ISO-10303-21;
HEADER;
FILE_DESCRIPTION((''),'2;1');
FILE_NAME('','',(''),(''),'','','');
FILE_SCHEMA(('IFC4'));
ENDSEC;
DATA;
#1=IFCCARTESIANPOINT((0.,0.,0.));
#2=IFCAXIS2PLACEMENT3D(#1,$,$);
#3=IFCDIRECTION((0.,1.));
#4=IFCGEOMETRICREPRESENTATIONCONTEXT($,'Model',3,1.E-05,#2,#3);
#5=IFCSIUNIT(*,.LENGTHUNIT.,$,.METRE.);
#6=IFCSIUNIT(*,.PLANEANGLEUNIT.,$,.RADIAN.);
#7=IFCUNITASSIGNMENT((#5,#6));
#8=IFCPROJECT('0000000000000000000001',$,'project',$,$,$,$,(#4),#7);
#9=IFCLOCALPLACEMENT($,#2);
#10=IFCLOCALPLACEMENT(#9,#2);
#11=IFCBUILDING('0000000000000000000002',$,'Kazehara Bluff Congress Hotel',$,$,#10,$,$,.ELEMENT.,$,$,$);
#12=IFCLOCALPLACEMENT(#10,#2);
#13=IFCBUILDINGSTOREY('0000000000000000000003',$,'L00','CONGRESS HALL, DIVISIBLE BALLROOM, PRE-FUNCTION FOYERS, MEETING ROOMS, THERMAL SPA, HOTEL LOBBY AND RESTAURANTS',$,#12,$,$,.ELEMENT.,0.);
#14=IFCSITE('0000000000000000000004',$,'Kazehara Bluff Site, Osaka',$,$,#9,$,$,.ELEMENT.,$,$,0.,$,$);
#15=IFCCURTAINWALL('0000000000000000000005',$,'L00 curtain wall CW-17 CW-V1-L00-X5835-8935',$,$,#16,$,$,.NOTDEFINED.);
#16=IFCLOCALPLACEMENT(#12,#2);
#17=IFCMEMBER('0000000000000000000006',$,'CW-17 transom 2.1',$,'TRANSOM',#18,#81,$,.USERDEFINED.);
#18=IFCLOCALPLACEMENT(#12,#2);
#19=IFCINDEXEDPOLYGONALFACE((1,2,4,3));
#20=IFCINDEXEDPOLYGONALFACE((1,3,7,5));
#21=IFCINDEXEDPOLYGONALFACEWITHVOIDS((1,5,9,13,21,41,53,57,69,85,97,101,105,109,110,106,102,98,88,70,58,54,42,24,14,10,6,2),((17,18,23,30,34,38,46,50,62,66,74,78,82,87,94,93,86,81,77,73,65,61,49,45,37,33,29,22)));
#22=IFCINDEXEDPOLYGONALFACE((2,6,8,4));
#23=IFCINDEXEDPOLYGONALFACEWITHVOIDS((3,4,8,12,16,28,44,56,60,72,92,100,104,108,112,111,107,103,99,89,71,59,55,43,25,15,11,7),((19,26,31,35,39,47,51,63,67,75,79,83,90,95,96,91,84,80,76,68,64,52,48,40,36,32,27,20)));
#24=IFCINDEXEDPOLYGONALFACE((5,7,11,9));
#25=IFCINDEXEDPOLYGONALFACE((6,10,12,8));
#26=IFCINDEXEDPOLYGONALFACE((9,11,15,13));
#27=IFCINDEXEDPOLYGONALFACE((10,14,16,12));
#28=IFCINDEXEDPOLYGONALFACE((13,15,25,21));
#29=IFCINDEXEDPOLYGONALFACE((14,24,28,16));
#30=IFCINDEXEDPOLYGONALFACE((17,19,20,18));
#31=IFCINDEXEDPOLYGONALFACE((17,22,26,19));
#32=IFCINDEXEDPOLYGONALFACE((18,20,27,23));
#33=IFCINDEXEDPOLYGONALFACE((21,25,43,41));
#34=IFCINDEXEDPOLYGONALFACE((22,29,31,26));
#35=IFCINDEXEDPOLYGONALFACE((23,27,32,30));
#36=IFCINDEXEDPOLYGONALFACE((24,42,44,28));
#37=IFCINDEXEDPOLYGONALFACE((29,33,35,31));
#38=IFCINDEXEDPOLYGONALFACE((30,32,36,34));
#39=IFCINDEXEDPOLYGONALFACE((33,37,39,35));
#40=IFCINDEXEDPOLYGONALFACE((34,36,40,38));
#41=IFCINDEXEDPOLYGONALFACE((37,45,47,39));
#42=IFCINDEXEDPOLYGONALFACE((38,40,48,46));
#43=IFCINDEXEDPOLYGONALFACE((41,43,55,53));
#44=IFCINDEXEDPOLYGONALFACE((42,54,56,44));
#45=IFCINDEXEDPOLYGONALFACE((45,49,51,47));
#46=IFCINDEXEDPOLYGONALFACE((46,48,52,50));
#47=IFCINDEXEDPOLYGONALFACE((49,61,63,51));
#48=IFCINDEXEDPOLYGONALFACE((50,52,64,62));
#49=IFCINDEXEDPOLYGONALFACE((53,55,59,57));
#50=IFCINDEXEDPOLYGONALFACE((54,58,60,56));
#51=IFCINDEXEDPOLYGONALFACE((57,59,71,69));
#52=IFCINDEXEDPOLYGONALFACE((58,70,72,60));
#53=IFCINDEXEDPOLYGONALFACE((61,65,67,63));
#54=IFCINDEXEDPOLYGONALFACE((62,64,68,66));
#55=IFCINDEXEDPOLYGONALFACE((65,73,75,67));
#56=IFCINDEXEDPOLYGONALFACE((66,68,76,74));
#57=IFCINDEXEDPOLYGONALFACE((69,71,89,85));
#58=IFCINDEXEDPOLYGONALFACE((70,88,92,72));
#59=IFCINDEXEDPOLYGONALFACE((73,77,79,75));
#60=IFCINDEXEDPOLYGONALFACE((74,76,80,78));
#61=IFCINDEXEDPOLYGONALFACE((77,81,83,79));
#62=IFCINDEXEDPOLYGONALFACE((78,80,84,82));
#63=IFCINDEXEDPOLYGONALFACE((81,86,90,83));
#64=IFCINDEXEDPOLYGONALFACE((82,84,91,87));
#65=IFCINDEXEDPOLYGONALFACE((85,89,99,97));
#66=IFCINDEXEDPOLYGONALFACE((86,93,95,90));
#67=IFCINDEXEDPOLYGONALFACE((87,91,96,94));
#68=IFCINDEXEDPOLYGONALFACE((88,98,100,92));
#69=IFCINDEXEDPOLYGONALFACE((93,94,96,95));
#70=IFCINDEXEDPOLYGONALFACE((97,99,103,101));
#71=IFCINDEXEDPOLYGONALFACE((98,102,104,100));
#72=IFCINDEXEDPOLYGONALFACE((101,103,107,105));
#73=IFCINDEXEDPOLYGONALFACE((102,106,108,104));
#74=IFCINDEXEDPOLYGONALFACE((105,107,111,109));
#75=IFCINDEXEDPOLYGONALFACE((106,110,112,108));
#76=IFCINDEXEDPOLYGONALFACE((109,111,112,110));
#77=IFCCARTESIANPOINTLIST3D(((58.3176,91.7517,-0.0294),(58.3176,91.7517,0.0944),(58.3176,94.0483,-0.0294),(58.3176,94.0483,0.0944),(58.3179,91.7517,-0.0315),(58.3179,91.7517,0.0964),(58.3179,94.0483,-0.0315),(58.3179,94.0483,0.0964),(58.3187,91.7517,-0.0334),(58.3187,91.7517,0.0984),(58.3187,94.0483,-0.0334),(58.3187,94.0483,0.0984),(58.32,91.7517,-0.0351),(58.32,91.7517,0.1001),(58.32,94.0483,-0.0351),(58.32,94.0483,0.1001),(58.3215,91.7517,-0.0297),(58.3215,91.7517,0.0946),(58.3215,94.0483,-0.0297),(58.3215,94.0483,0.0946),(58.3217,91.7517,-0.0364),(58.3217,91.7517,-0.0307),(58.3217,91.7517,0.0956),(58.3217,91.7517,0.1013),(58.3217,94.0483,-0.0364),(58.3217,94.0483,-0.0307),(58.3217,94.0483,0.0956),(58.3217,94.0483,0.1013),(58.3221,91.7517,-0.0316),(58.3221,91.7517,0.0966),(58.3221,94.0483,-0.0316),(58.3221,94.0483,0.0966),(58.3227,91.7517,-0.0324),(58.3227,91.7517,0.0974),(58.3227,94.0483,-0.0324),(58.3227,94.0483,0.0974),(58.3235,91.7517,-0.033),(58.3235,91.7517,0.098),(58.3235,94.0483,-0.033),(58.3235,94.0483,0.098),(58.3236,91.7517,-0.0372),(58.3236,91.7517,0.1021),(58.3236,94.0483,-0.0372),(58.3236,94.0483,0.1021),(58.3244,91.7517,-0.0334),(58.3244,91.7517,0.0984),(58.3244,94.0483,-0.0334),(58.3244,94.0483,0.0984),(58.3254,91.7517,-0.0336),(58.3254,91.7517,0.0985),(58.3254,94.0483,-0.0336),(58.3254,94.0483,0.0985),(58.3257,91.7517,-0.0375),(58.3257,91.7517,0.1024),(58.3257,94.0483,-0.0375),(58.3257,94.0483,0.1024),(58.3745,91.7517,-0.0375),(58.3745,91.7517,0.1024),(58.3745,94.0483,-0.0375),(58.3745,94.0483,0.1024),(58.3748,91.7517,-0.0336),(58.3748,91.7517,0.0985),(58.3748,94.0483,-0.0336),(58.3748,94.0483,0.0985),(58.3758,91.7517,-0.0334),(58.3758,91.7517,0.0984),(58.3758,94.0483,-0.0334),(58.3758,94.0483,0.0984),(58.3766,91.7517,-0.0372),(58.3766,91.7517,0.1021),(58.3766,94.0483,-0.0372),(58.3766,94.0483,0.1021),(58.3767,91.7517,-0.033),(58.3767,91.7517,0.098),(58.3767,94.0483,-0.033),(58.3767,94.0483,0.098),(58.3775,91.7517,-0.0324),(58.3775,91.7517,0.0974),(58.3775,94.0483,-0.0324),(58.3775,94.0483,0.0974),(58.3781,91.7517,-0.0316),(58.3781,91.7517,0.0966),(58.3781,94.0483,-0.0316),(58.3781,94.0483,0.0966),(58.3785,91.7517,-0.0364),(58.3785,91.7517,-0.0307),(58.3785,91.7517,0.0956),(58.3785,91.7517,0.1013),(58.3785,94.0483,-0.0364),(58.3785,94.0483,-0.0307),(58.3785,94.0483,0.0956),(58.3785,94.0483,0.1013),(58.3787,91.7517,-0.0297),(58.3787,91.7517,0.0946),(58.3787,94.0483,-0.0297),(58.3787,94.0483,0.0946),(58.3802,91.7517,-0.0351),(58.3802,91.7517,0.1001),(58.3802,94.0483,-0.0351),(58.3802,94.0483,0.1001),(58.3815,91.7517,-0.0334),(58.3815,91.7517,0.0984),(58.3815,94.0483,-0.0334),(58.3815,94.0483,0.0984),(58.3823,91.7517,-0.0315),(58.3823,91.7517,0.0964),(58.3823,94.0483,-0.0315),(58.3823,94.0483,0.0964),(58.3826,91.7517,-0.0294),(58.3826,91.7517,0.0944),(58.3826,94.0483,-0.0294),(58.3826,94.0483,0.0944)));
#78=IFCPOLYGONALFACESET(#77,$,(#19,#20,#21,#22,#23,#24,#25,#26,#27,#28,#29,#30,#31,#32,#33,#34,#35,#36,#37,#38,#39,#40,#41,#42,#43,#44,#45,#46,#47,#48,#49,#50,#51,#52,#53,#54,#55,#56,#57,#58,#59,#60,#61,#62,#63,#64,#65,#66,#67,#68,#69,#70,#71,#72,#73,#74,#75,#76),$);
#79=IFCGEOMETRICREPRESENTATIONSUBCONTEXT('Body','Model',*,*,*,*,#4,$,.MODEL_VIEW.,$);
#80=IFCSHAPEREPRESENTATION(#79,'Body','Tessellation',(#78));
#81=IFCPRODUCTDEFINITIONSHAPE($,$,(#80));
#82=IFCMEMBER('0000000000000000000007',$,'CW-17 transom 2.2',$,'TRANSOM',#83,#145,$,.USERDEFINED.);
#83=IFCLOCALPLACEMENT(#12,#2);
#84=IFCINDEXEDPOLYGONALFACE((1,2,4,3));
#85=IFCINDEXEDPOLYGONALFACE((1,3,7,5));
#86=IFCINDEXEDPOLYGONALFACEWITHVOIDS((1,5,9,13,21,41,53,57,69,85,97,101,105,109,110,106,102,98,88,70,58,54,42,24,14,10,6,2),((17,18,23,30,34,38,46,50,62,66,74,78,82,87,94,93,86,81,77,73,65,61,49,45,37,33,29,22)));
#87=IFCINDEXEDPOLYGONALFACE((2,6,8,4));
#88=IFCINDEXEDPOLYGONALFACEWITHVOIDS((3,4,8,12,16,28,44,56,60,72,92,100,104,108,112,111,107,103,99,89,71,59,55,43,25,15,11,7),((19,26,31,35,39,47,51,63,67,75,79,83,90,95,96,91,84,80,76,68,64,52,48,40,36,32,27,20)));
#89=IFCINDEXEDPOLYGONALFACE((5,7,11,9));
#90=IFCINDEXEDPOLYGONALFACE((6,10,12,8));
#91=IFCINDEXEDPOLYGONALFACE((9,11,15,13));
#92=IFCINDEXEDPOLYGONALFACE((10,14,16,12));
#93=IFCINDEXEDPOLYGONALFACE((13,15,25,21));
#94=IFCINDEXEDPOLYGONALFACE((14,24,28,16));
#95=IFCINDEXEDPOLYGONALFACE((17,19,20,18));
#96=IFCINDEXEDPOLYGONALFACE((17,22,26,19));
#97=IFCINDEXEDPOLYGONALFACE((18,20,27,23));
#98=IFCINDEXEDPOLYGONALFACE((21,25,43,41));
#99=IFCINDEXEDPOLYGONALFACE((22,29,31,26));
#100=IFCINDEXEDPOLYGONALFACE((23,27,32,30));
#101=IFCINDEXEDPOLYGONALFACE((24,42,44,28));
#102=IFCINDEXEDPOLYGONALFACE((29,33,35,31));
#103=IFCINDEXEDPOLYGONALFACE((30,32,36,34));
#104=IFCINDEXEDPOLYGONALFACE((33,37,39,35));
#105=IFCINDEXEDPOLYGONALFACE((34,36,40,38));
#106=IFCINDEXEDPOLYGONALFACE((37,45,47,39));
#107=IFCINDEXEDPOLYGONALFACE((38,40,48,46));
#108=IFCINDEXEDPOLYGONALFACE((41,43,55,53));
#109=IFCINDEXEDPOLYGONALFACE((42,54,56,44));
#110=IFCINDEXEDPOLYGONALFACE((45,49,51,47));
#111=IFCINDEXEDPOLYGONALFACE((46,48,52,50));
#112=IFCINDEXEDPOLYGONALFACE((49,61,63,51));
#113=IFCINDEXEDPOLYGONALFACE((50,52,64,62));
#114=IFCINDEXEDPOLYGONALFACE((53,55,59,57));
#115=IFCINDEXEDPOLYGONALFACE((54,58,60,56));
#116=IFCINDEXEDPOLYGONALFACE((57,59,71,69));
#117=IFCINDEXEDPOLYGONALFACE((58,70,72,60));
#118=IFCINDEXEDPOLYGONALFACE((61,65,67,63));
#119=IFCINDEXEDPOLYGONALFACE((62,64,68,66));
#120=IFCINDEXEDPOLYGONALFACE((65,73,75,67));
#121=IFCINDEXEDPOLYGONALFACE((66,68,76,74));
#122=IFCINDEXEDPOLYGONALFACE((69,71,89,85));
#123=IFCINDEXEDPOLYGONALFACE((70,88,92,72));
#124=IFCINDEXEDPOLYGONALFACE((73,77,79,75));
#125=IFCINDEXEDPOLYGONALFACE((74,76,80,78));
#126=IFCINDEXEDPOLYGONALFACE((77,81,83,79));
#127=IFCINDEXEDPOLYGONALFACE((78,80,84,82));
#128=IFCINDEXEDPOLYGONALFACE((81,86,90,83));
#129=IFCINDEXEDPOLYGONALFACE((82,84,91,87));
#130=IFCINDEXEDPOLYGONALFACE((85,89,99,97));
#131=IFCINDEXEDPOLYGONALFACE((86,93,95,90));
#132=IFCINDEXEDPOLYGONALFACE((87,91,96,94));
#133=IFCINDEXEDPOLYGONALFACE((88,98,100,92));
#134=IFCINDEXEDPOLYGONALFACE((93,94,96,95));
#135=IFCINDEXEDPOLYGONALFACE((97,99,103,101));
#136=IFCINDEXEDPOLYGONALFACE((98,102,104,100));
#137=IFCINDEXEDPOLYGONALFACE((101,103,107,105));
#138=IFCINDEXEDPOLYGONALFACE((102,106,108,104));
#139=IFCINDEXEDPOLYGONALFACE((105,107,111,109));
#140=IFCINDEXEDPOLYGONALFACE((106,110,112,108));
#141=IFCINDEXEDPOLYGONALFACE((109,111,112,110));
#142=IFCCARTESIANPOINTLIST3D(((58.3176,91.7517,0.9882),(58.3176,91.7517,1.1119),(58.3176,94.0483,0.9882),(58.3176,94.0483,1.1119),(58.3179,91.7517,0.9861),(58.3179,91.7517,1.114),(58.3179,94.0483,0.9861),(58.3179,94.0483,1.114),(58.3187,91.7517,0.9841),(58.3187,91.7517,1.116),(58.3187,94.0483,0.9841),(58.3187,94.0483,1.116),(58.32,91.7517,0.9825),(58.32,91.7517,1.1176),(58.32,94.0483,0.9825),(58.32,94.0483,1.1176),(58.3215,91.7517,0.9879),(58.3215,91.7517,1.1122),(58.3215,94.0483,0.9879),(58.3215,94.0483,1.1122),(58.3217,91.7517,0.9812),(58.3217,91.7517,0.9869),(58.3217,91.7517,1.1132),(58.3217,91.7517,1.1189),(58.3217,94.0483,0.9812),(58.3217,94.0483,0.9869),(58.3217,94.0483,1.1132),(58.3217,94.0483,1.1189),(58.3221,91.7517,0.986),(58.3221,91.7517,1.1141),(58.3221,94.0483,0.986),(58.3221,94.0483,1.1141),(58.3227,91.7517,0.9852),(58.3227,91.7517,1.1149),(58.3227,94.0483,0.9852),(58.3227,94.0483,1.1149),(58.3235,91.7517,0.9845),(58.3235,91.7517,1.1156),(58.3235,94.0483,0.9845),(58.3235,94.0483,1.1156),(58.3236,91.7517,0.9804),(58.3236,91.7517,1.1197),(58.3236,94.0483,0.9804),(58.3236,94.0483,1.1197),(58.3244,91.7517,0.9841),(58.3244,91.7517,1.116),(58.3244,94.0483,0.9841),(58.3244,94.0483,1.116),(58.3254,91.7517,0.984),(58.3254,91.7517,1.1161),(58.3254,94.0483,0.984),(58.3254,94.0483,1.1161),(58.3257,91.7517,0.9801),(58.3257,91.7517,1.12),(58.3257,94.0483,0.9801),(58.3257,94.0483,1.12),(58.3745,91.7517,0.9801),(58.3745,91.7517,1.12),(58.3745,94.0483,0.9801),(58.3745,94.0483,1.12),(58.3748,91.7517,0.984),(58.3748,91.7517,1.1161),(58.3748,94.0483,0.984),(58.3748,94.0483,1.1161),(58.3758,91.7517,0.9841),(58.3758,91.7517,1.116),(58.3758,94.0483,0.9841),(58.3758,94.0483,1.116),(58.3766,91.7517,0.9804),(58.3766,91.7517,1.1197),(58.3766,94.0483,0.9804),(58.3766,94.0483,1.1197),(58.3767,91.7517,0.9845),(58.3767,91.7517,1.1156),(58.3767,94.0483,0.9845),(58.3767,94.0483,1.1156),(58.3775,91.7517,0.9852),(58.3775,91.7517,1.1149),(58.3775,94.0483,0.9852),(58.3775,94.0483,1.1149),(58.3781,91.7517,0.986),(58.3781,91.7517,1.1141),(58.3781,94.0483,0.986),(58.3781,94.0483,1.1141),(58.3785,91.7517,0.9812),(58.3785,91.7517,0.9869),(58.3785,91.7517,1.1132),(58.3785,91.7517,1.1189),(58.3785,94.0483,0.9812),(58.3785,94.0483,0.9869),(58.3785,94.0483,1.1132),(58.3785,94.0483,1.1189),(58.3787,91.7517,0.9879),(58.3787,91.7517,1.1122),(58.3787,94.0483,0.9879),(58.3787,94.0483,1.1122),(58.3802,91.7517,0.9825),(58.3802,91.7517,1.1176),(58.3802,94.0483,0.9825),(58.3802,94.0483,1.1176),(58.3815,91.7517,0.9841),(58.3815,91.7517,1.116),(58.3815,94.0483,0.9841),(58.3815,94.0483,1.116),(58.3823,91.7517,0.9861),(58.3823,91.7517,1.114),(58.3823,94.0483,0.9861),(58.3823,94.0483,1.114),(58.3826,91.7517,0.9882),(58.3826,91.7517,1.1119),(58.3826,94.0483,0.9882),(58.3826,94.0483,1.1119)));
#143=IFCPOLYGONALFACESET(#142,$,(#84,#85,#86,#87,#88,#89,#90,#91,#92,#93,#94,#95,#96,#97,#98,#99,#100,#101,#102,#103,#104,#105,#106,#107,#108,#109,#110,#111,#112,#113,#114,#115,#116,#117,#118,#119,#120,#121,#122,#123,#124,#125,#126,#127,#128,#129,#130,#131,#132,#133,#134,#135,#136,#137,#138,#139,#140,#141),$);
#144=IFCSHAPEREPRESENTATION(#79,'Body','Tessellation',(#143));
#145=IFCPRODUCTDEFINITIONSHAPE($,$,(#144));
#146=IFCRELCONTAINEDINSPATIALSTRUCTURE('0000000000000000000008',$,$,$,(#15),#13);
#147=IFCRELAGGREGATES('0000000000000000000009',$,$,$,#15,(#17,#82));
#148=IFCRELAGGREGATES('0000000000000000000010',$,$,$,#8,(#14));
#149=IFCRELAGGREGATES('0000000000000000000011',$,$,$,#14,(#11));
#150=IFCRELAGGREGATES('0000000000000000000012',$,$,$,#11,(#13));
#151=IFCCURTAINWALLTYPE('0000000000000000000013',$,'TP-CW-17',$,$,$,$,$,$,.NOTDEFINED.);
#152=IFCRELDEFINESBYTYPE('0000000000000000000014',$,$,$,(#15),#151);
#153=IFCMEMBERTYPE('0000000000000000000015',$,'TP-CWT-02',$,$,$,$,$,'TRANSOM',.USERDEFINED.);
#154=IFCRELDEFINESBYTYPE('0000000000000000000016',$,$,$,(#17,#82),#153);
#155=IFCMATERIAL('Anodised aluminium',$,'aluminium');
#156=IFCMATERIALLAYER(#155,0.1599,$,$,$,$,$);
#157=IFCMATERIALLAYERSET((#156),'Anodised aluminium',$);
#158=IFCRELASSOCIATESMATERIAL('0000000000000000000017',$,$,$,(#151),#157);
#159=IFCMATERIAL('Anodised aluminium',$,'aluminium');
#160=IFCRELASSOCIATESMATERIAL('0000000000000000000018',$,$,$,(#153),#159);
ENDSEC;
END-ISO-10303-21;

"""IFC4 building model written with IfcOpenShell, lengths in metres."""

from ifc_helpers import new_model, si_unit, direction, frame, origin, origin_2d, place, context, subcontext, project, spatial, hollow_rectangle, extrude, material, layer, layer_set, material_profile, profile_set, type_object, element, aggregate, save


model = new_model("IFC4")

# Units and contexts
model_context = context("Model", 3, precision=1e-05, world=origin(), true_north=direction((0.0, 1.0)))
body_context = subcontext(model_context, "Body", "Model", "MODEL_VIEW")
ifc_project = project(units=[si_unit("LENGTHUNIT", "METRE"), si_unit("PLANEANGLEUNIT", "RADIAN")], contexts=[model_context])

# Site, building, storey
site_placement = place(None, origin())
site = spatial("IfcSite", under=ifc_project, at=site_placement, Name="Kazehara Bluff Site, Osaka", CompositionType="ELEMENT", RefElevation=0.0)
building_placement = place(site_placement, origin())
building = spatial("IfcBuilding", under=site, at=building_placement, Name="Kazehara Bluff Congress Hotel", CompositionType="ELEMENT")
storey_placement = place(building_placement, origin())
storey = spatial("IfcBuildingStorey", under=building, at=storey_placement, Name="L00", Description="CONGRESS HALL, DIVISIBLE BALLROOM, PRE-FUNCTION FOYERS, MEETING ROOMS, THERMAL SPA, HOTEL LOBBY AND RESTAURANTS", CompositionType="ELEMENT", Elevation=0.0)

# Shared definitions
ifc_material_1 = material(Name="Anodised aluminium", Category="aluminium")
ifc_layer_1 = layer(ifc_material_1, 0.1599)
ifc_layer_set_1 = layer_set([ifc_layer_1], Name="Anodised aluminium")
curtain_wall_type = type_object("IfcCurtainWallType", Name="TP-CW-17", PredefinedType="NOTDEFINED", material=ifc_layer_set_1)

# Curtain wall, members
curtain_wall_1_placement = place(storey_placement, origin())
curtain_wall_1 = element("IfcCurtainWall", 1, at=curtain_wall_1_placement, inside=storey, type_object=curtain_wall_type, Name="L00 curtain wall CW-17 CW-V1-L00-X5835-8935", PredefinedType="NOTDEFINED")
ifc_material_2 = material(Name="Anodised aluminium", Category="aluminium")
ifc_material_profile_1 = material_profile(ifc_material_2, hollow_rectangle(XDim=0.0649, YDim=0.1399, WallThickness=0.0039, InnerFilletRadius=0.0039, OuterFilletRadius=0.0081, at=origin_2d()))
ifc_profile_set_1 = profile_set([ifc_material_profile_1], Name="Anodised aluminium")
member_type_1 = type_object("IfcMemberType", Name="TP-CWT-02", ElementType="TRANSOM", PredefinedType="USERDEFINED", material=ifc_profile_set_1)
member_1_placement = place(storey_placement, frame((58.3501, 91.7517, 0.0325), z_axis=(0.0, 1.0, 0.0), x_axis=(-1.0, 0.0, 0.0)))
member_1 = element("IfcMember", 2, at=member_1_placement, type_object=member_type_1, Name="CW-17 transom 2.1", ObjectType="TRANSOM", PredefinedType="USERDEFINED", context=body_context, shape_type="SweptSolid", body=[
    extrude(hollow_rectangle(XDim=0.0649, YDim=0.1399, WallThickness=0.0039, InnerFilletRadius=0.0039, OuterFilletRadius=0.0081, at=origin_2d()), origin(), (0.0, 0.0, 1.0), 2.2966),
])
member_2_placement = place(storey_placement, frame((58.3501, 91.7517, 1.05), z_axis=(0.0, 1.0, 0.0), x_axis=(-1.0, 0.0, 0.0)))
member_2 = element("IfcMember", 3, at=member_2_placement, type_object=member_type_1, Name="CW-17 transom 2.2", ObjectType="TRANSOM", PredefinedType="USERDEFINED", context=body_context, shape_type="SweptSolid", body=[
    extrude(hollow_rectangle(XDim=0.0649, YDim=0.1399, WallThickness=0.0039, InnerFilletRadius=0.0039, OuterFilletRadius=0.0081, at=origin_2d()), origin(), (0.0, 0.0, 1.0), 2.2966),
])

aggregate(curtain_wall_1, [member_1, member_2])

save(model, "model.ifc")
